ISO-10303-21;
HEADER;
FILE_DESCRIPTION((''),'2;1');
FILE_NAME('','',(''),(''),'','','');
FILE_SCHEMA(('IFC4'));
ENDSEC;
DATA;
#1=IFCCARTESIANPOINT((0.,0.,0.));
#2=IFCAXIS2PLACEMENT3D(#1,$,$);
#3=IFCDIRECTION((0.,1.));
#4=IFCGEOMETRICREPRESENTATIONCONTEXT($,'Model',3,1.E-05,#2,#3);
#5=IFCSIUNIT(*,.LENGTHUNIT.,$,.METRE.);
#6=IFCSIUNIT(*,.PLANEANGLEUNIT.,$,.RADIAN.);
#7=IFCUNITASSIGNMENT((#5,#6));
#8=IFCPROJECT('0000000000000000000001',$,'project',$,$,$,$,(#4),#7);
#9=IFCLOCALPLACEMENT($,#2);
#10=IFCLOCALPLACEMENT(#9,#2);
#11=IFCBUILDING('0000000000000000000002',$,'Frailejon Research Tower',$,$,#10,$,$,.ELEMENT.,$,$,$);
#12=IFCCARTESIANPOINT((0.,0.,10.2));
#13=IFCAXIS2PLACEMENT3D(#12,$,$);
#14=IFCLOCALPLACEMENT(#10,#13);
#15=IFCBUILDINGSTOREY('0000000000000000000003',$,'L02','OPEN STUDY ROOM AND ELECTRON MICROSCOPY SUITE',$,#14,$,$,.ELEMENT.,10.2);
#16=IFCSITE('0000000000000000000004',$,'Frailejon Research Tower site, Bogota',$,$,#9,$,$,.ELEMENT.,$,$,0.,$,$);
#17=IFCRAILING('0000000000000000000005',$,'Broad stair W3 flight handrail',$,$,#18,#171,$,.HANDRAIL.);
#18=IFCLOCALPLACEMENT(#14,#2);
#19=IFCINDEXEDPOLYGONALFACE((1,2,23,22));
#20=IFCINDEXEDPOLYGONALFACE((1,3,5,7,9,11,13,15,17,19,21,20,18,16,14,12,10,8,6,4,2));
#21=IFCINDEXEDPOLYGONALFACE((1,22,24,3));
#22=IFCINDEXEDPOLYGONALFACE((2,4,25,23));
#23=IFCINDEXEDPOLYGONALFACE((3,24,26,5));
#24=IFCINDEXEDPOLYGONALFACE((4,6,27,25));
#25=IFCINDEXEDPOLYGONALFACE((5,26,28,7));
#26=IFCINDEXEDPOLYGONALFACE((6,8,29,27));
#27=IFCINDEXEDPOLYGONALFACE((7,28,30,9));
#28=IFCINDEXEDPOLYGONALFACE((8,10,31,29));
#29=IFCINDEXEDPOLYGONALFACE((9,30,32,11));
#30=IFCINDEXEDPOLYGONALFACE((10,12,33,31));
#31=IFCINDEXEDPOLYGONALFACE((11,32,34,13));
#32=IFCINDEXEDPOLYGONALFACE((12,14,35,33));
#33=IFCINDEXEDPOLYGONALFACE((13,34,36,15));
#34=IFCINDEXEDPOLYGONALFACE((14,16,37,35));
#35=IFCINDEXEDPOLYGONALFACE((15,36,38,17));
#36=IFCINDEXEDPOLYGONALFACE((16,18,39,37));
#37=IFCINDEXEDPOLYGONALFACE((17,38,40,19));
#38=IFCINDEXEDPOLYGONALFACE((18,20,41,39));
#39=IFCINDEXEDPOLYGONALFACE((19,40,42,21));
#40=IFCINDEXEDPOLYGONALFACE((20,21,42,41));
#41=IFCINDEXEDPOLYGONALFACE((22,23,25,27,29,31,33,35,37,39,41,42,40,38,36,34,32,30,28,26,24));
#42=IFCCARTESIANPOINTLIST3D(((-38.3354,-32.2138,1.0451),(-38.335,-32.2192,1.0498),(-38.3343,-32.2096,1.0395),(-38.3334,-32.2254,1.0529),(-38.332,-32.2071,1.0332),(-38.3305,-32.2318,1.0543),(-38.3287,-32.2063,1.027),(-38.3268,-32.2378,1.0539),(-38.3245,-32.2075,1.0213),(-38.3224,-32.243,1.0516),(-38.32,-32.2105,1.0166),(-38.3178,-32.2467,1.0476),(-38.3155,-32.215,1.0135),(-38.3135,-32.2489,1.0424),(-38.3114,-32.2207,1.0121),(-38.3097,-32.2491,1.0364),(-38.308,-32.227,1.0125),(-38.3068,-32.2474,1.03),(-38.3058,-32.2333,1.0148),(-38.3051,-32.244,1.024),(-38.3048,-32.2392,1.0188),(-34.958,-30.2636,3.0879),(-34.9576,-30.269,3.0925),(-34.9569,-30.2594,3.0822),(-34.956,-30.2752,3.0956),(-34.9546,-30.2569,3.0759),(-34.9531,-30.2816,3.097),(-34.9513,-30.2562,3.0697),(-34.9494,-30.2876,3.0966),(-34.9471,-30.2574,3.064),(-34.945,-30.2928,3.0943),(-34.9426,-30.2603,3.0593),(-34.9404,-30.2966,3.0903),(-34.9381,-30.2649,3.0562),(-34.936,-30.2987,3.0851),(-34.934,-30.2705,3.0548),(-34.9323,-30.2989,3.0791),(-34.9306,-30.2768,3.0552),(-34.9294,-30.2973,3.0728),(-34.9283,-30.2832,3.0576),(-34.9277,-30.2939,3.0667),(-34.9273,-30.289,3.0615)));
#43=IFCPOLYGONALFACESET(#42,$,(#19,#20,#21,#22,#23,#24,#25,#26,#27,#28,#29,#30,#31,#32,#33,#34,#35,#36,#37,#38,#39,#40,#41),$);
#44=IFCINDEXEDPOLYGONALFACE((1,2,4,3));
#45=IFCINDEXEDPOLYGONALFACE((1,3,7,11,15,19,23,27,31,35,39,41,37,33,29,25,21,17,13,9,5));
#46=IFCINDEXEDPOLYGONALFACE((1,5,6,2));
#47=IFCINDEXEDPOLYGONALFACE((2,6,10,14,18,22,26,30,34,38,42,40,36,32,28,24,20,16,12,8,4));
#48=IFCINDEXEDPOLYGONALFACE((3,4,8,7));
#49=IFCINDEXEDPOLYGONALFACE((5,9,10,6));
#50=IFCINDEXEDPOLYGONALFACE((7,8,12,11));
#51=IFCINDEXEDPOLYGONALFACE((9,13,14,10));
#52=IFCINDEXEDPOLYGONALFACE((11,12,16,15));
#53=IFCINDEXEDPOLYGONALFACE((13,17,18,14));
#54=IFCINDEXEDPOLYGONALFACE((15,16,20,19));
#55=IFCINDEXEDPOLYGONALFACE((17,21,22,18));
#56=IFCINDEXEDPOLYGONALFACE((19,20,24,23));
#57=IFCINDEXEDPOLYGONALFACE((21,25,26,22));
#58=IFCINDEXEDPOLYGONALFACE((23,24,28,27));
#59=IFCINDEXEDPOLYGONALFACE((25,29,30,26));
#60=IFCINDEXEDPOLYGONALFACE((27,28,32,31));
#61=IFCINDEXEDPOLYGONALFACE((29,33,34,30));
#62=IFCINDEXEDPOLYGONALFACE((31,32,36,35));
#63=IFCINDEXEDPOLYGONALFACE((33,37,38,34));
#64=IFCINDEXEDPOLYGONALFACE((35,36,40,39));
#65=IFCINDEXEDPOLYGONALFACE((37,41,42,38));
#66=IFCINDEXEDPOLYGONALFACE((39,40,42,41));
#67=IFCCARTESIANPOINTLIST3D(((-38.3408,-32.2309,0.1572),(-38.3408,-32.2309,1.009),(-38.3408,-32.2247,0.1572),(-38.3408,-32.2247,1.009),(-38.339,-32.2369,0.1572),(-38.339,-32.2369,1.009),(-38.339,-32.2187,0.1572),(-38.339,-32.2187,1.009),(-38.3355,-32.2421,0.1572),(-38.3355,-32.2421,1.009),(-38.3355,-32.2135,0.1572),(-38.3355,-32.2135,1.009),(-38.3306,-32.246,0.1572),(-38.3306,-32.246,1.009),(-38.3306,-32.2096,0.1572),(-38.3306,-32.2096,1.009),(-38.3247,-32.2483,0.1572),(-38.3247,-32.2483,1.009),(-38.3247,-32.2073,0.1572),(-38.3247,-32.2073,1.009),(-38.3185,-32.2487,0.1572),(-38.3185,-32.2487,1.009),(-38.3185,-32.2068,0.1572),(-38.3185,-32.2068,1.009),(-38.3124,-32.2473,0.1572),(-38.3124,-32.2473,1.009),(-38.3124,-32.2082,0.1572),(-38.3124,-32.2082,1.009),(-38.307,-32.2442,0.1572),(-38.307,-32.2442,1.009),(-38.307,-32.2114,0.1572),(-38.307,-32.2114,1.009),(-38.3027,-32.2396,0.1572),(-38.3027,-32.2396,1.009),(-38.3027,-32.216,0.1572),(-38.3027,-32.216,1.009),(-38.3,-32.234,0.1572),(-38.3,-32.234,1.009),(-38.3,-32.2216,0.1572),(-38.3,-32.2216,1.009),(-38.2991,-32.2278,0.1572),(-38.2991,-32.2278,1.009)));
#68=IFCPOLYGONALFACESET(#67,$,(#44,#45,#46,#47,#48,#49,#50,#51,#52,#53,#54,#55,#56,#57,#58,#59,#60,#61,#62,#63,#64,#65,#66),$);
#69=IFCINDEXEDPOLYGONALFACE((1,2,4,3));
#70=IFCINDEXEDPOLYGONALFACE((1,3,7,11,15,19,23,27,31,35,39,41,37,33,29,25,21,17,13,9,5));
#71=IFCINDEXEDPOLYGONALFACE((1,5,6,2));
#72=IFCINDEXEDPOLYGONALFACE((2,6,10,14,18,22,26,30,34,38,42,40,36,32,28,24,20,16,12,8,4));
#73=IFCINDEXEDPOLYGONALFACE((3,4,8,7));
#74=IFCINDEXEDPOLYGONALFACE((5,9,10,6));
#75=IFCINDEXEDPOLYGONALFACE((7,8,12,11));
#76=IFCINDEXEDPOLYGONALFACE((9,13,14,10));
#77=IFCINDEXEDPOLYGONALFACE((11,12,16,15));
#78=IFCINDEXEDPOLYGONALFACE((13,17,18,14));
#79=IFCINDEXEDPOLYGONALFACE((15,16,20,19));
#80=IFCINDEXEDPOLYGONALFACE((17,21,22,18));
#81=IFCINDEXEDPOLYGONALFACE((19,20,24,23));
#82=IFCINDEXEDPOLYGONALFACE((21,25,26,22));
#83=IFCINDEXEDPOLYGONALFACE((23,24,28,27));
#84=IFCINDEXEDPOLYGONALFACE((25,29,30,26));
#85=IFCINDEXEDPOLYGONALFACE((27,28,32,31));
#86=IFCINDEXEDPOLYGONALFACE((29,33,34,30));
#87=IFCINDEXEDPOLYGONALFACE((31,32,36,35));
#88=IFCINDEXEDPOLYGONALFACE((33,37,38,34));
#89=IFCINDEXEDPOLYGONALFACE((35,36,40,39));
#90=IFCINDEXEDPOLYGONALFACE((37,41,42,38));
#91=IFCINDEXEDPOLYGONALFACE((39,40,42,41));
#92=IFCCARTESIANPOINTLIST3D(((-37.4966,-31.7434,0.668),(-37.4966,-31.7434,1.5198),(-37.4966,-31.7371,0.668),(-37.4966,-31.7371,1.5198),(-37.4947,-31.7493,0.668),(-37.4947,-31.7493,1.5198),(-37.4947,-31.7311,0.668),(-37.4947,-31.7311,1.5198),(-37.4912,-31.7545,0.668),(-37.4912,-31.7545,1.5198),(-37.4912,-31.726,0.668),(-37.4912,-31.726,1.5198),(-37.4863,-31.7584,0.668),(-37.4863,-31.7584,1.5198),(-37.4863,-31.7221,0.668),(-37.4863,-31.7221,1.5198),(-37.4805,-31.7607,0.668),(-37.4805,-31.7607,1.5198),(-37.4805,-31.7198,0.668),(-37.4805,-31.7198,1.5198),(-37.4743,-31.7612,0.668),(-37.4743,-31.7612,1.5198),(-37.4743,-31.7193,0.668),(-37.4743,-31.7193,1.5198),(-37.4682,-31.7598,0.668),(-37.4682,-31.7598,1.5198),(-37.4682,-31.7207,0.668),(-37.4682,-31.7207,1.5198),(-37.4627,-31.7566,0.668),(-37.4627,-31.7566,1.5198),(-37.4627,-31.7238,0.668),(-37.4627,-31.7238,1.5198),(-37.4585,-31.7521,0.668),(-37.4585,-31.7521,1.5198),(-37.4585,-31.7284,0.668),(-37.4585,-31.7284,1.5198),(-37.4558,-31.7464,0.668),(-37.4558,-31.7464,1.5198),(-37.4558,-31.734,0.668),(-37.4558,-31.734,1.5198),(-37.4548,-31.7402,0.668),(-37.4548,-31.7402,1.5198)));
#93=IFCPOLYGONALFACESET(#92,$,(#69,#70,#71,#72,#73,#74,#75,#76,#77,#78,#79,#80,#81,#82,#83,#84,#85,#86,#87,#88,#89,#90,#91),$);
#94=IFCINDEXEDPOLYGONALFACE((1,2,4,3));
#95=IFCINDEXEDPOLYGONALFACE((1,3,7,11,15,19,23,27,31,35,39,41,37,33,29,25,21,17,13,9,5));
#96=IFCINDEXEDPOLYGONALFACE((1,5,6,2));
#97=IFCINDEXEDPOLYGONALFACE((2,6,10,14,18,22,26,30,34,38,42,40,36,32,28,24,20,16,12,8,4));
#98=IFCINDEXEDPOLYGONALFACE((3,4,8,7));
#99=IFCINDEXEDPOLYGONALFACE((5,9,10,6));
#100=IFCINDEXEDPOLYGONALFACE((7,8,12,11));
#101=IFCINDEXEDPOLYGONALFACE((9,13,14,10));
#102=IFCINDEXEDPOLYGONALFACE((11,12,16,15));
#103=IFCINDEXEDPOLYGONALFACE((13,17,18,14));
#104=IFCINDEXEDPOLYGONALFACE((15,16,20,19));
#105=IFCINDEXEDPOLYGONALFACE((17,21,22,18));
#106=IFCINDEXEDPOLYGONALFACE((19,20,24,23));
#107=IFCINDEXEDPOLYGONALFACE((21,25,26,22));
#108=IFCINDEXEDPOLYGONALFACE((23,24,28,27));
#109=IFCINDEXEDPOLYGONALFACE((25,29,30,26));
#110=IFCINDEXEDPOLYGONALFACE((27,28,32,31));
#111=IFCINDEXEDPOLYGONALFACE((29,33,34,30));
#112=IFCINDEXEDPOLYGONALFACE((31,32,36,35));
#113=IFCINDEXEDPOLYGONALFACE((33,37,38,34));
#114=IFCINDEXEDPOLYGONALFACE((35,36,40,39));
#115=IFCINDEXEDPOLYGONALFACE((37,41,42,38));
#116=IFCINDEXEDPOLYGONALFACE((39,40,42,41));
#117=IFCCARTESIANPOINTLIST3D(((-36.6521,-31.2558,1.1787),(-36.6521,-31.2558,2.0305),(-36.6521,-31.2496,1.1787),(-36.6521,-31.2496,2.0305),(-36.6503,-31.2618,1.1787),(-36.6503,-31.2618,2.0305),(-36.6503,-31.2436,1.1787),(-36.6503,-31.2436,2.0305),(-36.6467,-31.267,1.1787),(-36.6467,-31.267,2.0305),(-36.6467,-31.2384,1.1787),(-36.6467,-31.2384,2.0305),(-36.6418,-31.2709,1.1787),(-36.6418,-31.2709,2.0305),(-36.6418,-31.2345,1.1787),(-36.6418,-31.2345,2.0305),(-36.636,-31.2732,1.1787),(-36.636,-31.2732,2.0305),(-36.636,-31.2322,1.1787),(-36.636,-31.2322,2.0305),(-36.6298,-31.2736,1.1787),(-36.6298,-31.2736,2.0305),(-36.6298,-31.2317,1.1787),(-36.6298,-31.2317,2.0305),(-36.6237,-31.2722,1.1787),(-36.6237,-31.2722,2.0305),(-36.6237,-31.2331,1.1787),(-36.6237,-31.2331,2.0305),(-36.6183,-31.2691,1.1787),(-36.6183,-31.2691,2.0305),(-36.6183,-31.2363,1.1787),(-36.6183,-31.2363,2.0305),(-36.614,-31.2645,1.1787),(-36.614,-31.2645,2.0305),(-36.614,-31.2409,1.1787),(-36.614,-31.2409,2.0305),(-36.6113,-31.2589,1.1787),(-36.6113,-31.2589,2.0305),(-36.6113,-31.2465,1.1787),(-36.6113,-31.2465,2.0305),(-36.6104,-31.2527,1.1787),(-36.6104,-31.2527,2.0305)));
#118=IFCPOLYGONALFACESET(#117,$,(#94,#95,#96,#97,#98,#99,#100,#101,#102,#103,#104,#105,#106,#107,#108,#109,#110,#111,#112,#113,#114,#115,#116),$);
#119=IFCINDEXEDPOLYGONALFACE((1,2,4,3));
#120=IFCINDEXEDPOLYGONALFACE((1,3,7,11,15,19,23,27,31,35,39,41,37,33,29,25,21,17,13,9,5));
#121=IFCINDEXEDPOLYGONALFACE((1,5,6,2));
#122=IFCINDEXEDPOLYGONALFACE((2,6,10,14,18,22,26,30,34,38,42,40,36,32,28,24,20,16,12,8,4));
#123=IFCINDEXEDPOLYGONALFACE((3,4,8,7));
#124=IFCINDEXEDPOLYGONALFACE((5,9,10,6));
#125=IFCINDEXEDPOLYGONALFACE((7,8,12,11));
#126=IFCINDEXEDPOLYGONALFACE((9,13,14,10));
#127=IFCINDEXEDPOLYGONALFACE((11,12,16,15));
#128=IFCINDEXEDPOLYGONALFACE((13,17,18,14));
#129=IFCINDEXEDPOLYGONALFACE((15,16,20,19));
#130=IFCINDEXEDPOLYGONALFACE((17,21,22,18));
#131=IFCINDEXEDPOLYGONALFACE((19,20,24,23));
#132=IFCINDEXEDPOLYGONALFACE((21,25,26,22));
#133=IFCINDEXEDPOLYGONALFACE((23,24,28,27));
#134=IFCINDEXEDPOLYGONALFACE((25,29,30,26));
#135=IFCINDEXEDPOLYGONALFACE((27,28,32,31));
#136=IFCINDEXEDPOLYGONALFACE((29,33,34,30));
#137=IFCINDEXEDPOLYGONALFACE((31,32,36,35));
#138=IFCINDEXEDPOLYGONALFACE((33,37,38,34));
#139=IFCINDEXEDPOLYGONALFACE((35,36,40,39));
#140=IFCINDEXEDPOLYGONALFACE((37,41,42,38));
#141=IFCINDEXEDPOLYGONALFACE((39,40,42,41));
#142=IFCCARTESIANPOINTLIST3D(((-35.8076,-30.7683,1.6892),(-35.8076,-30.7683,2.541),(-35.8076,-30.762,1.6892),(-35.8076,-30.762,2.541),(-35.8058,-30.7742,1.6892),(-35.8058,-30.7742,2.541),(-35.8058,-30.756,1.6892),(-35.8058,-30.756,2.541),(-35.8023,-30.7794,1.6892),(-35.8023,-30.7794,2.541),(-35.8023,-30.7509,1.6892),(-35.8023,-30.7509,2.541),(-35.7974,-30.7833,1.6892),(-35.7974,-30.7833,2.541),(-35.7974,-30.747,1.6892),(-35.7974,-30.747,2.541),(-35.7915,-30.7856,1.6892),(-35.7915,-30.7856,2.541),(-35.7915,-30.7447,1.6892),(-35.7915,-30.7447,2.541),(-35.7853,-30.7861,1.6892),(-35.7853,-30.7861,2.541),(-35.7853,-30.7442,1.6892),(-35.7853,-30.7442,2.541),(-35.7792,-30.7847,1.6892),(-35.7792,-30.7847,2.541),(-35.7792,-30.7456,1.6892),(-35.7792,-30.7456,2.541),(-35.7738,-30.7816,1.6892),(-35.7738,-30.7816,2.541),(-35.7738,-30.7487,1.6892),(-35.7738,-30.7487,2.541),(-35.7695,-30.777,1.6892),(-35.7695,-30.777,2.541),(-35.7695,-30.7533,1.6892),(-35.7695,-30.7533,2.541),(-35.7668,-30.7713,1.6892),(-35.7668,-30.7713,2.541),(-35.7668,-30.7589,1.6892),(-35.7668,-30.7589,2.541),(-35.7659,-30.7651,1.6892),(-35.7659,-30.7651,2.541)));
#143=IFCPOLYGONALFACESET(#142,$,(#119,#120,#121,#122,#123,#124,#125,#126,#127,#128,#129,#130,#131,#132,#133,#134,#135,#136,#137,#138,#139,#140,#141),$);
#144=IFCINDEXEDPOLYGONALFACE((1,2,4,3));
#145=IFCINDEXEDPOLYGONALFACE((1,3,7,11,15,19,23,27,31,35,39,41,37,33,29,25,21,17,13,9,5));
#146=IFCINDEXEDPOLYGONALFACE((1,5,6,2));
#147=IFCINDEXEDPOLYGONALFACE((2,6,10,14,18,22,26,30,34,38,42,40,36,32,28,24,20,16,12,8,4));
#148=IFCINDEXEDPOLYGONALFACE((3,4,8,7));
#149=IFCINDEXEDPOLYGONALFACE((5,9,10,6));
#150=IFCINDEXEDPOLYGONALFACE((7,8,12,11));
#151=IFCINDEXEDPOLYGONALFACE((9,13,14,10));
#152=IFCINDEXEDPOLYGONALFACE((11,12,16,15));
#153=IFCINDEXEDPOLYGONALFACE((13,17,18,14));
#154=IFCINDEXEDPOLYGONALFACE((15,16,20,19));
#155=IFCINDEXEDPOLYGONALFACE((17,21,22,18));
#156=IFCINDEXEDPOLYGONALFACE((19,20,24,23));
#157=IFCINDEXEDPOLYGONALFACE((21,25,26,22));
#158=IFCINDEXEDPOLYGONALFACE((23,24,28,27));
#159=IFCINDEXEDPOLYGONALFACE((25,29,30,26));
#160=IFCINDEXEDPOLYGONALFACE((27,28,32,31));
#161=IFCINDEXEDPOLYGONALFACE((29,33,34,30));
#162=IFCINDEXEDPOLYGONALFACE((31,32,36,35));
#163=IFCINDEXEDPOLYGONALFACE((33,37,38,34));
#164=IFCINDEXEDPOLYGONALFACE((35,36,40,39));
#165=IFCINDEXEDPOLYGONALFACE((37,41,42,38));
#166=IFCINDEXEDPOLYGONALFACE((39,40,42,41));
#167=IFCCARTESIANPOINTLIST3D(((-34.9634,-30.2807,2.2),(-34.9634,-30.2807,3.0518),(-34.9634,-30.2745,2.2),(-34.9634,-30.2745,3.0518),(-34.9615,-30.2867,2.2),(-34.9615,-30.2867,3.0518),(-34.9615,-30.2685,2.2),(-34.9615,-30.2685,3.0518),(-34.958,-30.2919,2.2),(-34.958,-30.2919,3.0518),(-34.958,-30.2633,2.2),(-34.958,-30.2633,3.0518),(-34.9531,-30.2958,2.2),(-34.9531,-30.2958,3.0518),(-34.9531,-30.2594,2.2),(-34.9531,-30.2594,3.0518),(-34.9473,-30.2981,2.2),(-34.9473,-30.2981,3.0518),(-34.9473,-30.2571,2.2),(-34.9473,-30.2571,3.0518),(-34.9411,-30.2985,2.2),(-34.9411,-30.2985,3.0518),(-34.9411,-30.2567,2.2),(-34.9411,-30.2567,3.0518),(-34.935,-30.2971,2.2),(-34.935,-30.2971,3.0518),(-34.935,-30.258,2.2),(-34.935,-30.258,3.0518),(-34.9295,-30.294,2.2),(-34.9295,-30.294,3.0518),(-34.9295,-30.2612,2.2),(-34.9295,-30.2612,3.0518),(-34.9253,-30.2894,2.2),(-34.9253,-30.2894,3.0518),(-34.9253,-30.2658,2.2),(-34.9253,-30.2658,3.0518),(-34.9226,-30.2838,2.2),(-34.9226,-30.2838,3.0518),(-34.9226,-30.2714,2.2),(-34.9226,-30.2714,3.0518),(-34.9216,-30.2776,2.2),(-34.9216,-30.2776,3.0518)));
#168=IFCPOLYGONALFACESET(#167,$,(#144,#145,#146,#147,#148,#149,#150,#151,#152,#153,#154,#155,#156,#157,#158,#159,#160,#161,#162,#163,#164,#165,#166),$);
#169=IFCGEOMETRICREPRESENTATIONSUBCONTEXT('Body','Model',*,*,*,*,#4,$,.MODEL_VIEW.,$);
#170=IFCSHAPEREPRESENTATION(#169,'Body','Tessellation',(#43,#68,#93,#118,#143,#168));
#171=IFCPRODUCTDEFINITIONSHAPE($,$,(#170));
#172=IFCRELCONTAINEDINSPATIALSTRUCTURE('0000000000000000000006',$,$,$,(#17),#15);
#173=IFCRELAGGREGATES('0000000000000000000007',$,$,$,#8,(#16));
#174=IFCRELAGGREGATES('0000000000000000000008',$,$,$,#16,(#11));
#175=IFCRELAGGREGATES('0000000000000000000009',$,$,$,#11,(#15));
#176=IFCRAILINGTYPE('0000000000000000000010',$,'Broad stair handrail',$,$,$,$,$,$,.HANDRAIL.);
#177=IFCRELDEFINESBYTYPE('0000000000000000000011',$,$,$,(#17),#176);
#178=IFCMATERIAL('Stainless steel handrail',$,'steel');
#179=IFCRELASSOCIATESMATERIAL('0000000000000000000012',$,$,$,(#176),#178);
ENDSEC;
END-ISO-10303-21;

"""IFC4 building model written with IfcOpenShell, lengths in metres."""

from ifc_helpers import new_model, si_unit, direction, frame, origin, origin_2d, place, context, subcontext, project, spatial, circle, extrude, material, type_object, element, save


model = new_model("IFC4")

# Units and contexts
model_context = context("Model", 3, precision=1e-05, world=origin(), true_north=direction((0.0, 1.0)))
body_context = subcontext(model_context, "Body", "Model", "MODEL_VIEW")
ifc_project = project(units=[si_unit("LENGTHUNIT", "METRE"), si_unit("PLANEANGLEUNIT", "RADIAN")], contexts=[model_context])

# Site, building, storey
site_placement = place(None, origin())
site = spatial("IfcSite", under=ifc_project, at=site_placement, Name="Frailejon Research Tower site, Bogota", CompositionType="ELEMENT", RefElevation=0.0)
building_placement = place(site_placement, origin())
building = spatial("IfcBuilding", under=site, at=building_placement, Name="Frailejon Research Tower", CompositionType="ELEMENT")
storey_placement = place(building_placement, frame((0.0, 0.0, 10.2)))
storey = spatial("IfcBuildingStorey", under=building, at=storey_placement, Name="L02", Description="OPEN STUDY ROOM AND ELECTRON MICROSCOPY SUITE", CompositionType="ELEMENT", Elevation=10.2)

# Railing
ifc_material_1 = material(Name="Stainless steel handrail", Category="steel")
railing_type_1 = type_object("IfcRailingType", Name="Broad stair handrail", PredefinedType="HANDRAIL", material=ifc_material_1)
railing_1_placement = place(storey_placement, frame((-38.3201, -32.2278, 0.1572)))
element("IfcRailing", 1, at=railing_1_placement, inside=storey, type_object=railing_type_1, Name="Broad stair W3 flight handrail", PredefinedType="HANDRAIL", context=body_context, shape_type="SweptSolid", body=[
    extrude(circle(Radius=0.0239, at=origin_2d()), frame((0.0, 0.0, 0.876), z_axis=(0.767143, 0.442962, 0.463979), x_axis=(-0.500044, 0.866, 0.0)), (0.0, 0.0, 1.0), 4.4026),
    extrude(circle(Radius=0.021, at=origin_2d()), origin(), (0.0, 0.0, 1.0), 0.8518),
    extrude(circle(Radius=0.021, at=origin_2d()), frame((0.8442, 0.4875, 0.5107)), (0.0, 0.0, 1.0), 0.8518),
    extrude(circle(Radius=0.021, at=origin_2d()), frame((1.6887, 0.9751, 1.0215)), (0.0, 0.0, 1.0), 0.8518),
    extrude(circle(Radius=0.021, at=origin_2d()), frame((2.5332, 1.4626, 1.532)), (0.0, 0.0, 1.0), 0.8518),
    extrude(circle(Radius=0.021, at=origin_2d()), frame((3.3774, 1.9502, 2.0427)), (0.0, 0.0, 1.0), 0.8518),
])

save(model, "model.ifc")
